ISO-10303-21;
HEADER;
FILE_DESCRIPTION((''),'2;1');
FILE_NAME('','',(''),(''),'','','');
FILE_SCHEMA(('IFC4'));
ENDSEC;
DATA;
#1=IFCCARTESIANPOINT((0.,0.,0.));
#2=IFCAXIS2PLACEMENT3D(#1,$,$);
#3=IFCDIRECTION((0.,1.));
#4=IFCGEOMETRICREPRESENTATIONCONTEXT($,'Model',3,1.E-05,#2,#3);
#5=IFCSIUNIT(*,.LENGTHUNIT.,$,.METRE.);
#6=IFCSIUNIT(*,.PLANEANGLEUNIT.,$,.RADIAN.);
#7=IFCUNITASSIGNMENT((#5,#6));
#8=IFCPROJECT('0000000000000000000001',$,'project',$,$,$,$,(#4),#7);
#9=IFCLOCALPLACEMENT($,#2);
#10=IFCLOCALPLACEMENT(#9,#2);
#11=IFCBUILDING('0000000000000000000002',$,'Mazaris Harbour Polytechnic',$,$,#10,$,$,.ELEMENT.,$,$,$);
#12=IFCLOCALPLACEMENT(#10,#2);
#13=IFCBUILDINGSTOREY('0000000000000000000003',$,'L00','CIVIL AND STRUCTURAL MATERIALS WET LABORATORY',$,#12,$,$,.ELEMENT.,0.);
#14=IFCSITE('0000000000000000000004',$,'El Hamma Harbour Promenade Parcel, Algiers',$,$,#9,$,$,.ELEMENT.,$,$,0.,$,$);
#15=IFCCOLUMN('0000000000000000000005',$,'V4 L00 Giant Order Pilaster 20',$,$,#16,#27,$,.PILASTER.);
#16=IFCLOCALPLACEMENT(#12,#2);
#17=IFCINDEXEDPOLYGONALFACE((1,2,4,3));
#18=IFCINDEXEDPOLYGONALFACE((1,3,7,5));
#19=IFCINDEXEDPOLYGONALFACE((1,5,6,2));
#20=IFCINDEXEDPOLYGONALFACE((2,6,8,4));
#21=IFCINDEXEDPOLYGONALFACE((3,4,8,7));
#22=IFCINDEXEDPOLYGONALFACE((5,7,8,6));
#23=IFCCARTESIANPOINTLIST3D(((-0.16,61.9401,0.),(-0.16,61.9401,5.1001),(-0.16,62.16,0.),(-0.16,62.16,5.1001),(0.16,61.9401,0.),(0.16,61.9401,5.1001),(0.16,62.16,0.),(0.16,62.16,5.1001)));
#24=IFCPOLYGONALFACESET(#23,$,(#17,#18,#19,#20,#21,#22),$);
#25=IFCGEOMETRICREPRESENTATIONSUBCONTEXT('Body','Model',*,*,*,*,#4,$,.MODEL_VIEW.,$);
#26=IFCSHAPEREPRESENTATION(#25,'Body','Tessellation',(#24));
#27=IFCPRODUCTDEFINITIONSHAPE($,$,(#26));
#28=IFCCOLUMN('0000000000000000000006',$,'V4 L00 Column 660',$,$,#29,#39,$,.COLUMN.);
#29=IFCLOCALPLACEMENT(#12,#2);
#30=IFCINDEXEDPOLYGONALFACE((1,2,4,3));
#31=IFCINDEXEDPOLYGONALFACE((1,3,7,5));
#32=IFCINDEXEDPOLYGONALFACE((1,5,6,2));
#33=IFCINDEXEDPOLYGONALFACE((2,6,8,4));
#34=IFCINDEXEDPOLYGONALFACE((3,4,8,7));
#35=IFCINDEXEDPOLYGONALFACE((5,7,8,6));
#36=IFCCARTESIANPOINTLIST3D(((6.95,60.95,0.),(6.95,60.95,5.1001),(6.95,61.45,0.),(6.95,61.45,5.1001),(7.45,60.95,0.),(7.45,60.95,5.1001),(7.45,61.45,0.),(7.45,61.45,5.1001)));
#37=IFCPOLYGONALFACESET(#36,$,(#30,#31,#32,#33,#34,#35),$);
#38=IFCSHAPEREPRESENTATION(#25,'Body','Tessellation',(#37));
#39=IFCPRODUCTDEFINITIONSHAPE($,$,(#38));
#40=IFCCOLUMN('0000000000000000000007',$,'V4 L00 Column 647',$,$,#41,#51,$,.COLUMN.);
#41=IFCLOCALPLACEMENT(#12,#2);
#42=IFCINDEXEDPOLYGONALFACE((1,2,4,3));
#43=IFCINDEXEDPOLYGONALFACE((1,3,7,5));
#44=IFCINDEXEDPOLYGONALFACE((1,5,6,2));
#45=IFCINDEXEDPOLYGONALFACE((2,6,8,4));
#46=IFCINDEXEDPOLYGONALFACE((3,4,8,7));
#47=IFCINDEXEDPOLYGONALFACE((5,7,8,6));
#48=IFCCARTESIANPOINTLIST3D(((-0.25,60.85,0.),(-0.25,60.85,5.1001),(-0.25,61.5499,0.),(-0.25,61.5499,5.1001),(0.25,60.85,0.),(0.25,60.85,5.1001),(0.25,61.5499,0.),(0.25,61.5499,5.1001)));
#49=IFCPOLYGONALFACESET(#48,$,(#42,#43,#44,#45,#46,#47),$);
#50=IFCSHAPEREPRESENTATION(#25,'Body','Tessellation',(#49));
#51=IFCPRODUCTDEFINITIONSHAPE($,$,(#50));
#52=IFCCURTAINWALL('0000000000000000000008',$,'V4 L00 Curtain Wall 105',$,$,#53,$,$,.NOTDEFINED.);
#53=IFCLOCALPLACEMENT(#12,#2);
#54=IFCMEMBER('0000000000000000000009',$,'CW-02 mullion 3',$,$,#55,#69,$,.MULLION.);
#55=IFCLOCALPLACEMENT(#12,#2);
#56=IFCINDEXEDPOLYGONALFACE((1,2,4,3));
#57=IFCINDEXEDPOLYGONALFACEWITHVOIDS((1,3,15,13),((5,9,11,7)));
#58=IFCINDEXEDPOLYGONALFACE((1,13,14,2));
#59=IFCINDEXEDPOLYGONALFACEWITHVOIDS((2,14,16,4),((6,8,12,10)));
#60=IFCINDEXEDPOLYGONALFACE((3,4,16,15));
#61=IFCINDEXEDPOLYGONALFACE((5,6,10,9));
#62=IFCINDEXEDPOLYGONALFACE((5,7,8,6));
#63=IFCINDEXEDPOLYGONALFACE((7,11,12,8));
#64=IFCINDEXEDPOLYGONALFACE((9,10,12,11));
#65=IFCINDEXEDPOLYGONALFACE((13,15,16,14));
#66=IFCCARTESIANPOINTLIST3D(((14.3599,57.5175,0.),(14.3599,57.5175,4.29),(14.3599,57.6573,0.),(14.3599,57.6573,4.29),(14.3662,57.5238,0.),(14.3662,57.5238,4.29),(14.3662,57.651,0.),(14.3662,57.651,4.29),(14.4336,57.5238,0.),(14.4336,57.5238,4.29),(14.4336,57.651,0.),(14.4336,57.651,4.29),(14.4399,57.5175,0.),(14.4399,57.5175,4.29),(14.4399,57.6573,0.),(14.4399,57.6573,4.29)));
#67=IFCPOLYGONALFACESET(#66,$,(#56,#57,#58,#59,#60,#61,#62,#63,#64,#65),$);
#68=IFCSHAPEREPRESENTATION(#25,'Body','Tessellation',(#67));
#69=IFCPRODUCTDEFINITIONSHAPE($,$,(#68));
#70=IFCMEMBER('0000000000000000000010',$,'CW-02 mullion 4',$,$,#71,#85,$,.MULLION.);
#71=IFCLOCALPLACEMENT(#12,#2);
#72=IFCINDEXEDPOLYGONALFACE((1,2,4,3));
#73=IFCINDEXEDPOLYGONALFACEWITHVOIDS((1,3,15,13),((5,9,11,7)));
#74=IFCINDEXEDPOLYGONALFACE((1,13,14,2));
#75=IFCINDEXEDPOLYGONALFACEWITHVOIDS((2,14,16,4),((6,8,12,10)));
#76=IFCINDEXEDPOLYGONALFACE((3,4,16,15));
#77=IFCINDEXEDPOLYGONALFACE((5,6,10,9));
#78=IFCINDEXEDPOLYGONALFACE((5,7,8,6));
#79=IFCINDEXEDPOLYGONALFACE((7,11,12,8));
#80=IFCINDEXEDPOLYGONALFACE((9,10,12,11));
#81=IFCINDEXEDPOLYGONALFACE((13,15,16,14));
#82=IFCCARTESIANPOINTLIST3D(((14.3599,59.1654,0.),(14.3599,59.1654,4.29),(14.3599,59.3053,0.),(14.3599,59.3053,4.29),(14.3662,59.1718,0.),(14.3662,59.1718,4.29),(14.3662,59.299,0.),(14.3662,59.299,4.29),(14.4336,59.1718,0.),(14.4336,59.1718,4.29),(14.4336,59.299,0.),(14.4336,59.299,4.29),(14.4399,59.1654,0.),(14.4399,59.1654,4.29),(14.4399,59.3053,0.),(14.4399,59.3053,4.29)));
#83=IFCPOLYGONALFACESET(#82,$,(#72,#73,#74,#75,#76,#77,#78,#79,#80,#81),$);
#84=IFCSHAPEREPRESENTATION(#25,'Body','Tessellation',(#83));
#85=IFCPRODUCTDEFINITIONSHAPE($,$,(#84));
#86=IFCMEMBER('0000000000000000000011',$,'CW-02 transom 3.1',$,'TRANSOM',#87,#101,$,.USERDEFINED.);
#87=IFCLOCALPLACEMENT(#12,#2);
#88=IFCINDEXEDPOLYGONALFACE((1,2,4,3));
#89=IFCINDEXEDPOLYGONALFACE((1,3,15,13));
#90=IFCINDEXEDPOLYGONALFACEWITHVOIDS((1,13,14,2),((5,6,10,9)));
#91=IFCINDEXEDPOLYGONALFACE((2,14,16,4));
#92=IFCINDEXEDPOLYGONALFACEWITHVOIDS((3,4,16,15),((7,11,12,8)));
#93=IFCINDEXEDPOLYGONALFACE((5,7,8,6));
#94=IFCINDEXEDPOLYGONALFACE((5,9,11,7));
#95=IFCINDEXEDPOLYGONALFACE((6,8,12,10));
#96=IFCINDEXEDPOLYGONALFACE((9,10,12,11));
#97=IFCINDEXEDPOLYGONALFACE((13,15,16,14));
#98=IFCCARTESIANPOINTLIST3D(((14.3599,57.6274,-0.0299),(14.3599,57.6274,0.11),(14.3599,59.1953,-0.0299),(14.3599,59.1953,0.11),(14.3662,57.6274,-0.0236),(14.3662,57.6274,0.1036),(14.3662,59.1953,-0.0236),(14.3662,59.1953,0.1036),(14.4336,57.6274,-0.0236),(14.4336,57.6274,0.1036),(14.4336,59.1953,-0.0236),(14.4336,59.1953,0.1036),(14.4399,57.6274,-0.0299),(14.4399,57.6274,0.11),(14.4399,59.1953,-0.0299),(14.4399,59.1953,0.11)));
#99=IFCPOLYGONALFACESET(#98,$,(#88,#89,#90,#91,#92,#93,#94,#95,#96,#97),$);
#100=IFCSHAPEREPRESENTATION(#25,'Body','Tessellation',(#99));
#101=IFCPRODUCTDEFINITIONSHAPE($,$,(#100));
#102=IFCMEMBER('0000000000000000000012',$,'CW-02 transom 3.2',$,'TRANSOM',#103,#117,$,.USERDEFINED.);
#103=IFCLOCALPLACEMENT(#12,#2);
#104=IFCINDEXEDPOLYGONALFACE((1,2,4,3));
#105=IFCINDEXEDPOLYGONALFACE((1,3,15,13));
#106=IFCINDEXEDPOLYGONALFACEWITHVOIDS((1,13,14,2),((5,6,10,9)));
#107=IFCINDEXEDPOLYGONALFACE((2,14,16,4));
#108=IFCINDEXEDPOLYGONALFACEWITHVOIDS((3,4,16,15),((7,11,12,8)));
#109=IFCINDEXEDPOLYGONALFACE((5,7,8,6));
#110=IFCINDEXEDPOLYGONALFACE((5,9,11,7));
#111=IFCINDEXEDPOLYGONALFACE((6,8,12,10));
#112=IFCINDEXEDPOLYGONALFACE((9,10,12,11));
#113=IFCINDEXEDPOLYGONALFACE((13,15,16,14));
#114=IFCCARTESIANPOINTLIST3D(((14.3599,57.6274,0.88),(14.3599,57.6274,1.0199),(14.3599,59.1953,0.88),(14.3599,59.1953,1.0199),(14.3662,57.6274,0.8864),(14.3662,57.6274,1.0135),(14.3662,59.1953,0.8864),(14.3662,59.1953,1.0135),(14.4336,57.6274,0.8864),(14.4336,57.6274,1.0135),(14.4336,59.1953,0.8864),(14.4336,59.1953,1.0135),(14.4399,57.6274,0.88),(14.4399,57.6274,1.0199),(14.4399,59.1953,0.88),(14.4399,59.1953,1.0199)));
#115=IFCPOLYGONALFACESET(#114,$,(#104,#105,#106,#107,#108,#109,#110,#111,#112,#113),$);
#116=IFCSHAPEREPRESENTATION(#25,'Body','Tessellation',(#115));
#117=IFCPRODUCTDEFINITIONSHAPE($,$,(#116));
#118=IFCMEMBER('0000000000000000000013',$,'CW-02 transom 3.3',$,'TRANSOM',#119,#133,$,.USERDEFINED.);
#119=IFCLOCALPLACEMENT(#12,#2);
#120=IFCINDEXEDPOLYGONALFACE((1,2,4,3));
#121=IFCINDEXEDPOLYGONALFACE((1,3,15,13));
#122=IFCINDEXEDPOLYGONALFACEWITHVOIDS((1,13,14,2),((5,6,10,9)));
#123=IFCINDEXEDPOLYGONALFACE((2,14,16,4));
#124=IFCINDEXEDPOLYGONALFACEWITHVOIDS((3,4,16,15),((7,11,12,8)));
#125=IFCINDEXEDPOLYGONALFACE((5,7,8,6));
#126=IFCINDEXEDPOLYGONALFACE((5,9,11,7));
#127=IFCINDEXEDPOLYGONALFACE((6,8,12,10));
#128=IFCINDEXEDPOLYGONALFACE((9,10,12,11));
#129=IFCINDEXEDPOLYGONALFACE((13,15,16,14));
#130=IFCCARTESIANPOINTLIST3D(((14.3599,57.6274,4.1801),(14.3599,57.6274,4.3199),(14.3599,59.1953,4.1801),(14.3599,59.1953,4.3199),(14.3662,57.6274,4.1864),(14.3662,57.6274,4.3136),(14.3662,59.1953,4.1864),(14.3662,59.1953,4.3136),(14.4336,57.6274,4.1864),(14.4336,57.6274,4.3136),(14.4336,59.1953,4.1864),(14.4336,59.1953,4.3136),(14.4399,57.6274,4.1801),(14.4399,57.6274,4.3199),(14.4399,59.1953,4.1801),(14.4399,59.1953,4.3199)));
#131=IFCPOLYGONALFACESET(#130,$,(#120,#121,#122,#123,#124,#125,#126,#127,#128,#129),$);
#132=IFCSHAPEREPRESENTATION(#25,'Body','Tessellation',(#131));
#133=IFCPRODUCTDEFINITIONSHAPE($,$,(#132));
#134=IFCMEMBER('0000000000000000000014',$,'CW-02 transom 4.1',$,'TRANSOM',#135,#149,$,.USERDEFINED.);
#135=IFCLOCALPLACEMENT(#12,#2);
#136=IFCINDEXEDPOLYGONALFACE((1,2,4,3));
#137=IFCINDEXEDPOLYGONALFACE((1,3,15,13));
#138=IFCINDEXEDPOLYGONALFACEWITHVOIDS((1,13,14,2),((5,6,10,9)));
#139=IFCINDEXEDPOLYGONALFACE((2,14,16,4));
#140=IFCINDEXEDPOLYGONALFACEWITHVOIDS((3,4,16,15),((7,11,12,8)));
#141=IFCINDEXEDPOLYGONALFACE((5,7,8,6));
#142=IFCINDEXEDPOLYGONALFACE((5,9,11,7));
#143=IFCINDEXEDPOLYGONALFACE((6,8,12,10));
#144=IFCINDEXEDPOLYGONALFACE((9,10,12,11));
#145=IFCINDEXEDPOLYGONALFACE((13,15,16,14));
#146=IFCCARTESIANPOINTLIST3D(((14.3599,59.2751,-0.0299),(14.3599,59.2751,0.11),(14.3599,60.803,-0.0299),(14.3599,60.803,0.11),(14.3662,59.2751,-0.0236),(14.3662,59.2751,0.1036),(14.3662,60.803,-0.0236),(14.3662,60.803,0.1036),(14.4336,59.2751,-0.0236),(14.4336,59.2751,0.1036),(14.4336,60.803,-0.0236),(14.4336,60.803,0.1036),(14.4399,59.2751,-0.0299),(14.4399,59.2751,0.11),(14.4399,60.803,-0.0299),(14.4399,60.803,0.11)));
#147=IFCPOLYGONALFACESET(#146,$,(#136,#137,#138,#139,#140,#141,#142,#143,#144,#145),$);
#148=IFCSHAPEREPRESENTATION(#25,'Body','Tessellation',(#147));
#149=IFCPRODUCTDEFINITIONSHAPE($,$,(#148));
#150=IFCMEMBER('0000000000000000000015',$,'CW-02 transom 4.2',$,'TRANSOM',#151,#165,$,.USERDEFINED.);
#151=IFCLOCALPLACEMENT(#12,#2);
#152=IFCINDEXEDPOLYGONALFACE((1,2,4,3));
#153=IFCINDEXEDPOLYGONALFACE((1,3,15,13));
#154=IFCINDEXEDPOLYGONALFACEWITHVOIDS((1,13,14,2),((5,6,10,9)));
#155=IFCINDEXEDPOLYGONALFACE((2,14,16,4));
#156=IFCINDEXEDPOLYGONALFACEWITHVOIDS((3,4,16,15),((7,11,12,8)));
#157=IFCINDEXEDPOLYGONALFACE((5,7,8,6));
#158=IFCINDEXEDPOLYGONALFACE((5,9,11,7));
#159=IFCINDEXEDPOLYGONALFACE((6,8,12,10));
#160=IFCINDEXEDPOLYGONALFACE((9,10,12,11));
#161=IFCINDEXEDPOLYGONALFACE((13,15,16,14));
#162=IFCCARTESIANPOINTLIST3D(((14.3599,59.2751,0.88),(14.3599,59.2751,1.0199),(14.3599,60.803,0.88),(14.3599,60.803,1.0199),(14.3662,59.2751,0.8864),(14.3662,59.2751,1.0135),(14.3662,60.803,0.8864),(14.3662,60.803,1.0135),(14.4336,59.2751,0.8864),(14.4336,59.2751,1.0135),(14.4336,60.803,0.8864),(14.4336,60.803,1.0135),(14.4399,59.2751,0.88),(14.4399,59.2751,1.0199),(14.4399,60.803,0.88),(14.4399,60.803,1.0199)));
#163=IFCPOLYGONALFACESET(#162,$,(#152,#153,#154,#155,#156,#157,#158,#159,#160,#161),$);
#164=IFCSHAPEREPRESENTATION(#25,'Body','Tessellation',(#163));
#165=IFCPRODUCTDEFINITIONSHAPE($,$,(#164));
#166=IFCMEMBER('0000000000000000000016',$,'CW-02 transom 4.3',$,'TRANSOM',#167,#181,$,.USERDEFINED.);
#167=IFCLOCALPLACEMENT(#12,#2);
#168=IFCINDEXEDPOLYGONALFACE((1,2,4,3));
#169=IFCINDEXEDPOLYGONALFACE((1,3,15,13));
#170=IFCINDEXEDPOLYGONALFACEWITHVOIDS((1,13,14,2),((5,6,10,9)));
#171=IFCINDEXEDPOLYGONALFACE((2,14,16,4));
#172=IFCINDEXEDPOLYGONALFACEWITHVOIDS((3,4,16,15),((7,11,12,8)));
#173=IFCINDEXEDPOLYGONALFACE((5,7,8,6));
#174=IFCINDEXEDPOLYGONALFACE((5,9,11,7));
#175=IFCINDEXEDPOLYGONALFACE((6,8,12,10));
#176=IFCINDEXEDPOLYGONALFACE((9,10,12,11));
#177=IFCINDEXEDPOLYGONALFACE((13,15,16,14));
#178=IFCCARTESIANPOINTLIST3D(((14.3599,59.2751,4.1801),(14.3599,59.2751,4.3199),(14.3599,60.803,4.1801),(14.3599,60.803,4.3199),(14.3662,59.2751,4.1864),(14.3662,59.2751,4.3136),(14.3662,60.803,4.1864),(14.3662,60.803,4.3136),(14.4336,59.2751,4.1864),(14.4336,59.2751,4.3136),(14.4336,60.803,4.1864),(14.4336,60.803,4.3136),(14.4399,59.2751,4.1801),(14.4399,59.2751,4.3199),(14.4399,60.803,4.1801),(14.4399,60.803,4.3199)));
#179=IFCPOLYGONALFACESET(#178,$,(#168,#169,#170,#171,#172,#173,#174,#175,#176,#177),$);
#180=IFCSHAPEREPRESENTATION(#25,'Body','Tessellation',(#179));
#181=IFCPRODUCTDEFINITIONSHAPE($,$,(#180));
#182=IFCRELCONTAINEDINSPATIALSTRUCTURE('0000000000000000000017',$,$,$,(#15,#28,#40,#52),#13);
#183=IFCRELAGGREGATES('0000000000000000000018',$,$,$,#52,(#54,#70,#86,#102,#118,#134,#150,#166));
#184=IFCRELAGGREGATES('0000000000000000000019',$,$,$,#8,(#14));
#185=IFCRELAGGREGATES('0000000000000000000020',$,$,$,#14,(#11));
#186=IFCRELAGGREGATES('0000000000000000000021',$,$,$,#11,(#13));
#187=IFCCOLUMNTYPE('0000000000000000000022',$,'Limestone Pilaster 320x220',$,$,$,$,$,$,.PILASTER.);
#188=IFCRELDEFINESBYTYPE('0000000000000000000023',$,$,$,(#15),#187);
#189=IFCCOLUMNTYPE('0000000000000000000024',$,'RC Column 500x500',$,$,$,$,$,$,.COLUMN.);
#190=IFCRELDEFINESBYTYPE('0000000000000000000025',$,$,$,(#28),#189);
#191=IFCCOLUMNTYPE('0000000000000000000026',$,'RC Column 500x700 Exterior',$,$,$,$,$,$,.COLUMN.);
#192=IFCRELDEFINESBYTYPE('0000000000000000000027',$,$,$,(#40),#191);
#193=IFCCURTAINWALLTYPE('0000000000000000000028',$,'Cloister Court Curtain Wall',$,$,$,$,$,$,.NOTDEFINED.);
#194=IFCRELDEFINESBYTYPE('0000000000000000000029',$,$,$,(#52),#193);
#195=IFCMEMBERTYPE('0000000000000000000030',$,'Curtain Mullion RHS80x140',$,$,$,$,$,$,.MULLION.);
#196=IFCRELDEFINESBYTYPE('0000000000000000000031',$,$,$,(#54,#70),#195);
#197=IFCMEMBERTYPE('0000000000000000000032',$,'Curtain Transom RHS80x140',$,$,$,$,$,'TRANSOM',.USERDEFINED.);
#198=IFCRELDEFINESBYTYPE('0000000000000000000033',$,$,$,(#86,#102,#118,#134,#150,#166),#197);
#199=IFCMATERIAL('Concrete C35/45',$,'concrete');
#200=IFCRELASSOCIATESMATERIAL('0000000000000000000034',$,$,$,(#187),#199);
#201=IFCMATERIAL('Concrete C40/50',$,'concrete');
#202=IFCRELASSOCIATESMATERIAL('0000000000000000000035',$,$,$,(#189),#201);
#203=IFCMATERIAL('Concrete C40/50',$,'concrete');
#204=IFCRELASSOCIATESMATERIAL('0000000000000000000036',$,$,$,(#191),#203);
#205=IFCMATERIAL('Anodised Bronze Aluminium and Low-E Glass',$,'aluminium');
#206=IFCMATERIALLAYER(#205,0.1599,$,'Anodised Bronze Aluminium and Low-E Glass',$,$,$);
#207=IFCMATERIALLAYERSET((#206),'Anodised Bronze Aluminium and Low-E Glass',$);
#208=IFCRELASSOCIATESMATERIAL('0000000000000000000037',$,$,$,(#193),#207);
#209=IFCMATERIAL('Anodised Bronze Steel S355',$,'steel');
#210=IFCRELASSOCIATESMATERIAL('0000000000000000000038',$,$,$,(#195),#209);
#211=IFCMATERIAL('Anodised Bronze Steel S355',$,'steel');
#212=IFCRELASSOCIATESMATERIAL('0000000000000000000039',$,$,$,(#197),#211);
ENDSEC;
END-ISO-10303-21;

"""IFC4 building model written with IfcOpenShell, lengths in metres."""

from ifc_helpers import new_model, si_unit, direction, frame, origin, origin_2d, place, context, subcontext, project, spatial, rectangle, hollow_rectangle, extrude, material, layer, layer_set, material_profile, profile_set, type_object, element, aggregate, save


model = new_model("IFC4")

# Units and contexts
model_context = context("Model", 3, precision=1e-05, world=origin(), true_north=direction((0.0, 1.0)))
body_context = subcontext(model_context, "Body", "Model", "MODEL_VIEW")
ifc_project = project(units=[si_unit("LENGTHUNIT", "METRE"), si_unit("PLANEANGLEUNIT", "RADIAN")], contexts=[model_context])

# Site, building, storey
site_placement = place(None, origin())
site = spatial("IfcSite", under=ifc_project, at=site_placement, Name="El Hamma Harbour Promenade Parcel, Algiers", CompositionType="ELEMENT", RefElevation=0.0)
building_placement = place(site_placement, origin())
building = spatial("IfcBuilding", under=site, at=building_placement, Name="Mazaris Harbour Polytechnic", CompositionType="ELEMENT")
storey_placement = place(building_placement, origin())
storey = spatial("IfcBuildingStorey", under=building, at=storey_placement, Name="L00", Description="CIVIL AND STRUCTURAL MATERIALS WET LABORATORY", CompositionType="ELEMENT", Elevation=0.0)

# Columns
ifc_material_1 = material(Name="Concrete C35/45", Category="concrete")
ifc_material_profile_1 = material_profile(ifc_material_1, rectangle(XDim=0.3201, YDim=0.22, at=origin_2d()), Name="RECT320x220")
ifc_profile_set_1 = profile_set([ifc_material_profile_1], Name="Concrete C35/45")
column_type_1 = type_object("IfcColumnType", Name="Limestone Pilaster 320x220", PredefinedType="PILASTER", material=ifc_profile_set_1)
column_1_placement = place(storey_placement, frame((0.0, 62.05, 0.0), z_axis=(0.0, 0.0, 1.0), x_axis=(1.0, 0.0, 0.0)))
element("IfcColumn", 1, at=column_1_placement, inside=storey, type_object=column_type_1, Name="V4 L00 Giant Order Pilaster 20", PredefinedType="PILASTER", context=body_context, shape_type="SweptSolid", body=[
    extrude(rectangle(XDim=0.3201, YDim=0.22, at=origin_2d()), origin(), (0.0, 0.0, 1.0), 5.1001),
])
ifc_material_2 = material(Name="Concrete C40/50", Category="concrete")
ifc_material_profile_2 = material_profile(ifc_material_2, rectangle(XDim=0.5, YDim=0.5, at=origin_2d()), Name="RECT500x500")
ifc_profile_set_2 = profile_set([ifc_material_profile_2], Name="Concrete C40/50")
column_type_2 = type_object("IfcColumnType", Name="RC Column 500x500", PredefinedType="COLUMN", material=ifc_profile_set_2)
column_2_placement = place(storey_placement, frame((7.2, 61.2, 0.0), z_axis=(0.0, 0.0, 1.0), x_axis=(1.0, 0.0, 0.0)))
element("IfcColumn", 2, at=column_2_placement, inside=storey, type_object=column_type_2, Name="V4 L00 Column 660", PredefinedType="COLUMN", context=body_context, shape_type="SweptSolid", body=[
    extrude(rectangle(XDim=0.5, YDim=0.5, at=origin_2d()), origin(), (0.0, 0.0, 1.0), 5.1001),
])
ifc_material_3 = material(Name="Concrete C40/50", Category="concrete")
ifc_material_profile_3 = material_profile(ifc_material_3, rectangle(XDim=0.5, YDim=0.7, at=origin_2d()), Name="RECT500x700")
ifc_profile_set_3 = profile_set([ifc_material_profile_3], Name="Concrete C40/50")
column_type_3 = type_object("IfcColumnType", Name="RC Column 500x700 Exterior", PredefinedType="COLUMN", material=ifc_profile_set_3)
column_3_placement = place(storey_placement, frame((0.0, 61.2, 0.0), z_axis=(0.0, 0.0, 1.0), x_axis=(1.0, 0.0, 0.0)))
element("IfcColumn", 3, at=column_3_placement, inside=storey, type_object=column_type_3, Name="V4 L00 Column 647", PredefinedType="COLUMN", context=body_context, shape_type="SweptSolid", body=[
    extrude(rectangle(XDim=0.5, YDim=0.7, at=origin_2d()), origin(), (0.0, 0.0, 1.0), 5.1001),
])

# Curtain wall, members
ifc_material_4 = material(Name="Anodised Bronze Aluminium and Low-E Glass", Category="aluminium")
ifc_layer_1 = layer(ifc_material_4, 0.1599, Name="Anodised Bronze Aluminium and Low-E Glass")
ifc_layer_set_1 = layer_set([ifc_layer_1], Name="Anodised Bronze Aluminium and Low-E Glass")
curtain_wall_type = type_object("IfcCurtainWallType", Name="Cloister Court Curtain Wall", PredefinedType="NOTDEFINED", material=ifc_layer_set_1)
curtain_wall_placement = place(storey_placement, origin())
curtain_wall = element("IfcCurtainWall", 4, at=curtain_wall_placement, inside=storey, type_object=curtain_wall_type, Name="V4 L00 Curtain Wall 105", PredefinedType="NOTDEFINED")
ifc_material_5 = material(Name="Anodised Bronze Steel S355", Category="steel")
ifc_material_profile_4 = material_profile(ifc_material_5, hollow_rectangle(XDim=0.0801, YDim=0.1399, WallThickness=0.0063, at=origin_2d()), Name="RHS 80x140x6.3")
ifc_profile_set_4 = profile_set([ifc_material_profile_4], Name="Anodised Bronze Steel S355")
member_type_1 = type_object("IfcMemberType", Name="Curtain Mullion RHS80x140", PredefinedType="MULLION", material=ifc_profile_set_4)
member_1_placement = place(storey_placement, frame((14.3999, 57.5874, 0.0), z_axis=(0.0, 0.0, 1.0), x_axis=(-1.0, 0.0, 0.0)))
member_1 = element("IfcMember", 5, at=member_1_placement, type_object=member_type_1, Name="CW-02 mullion 3", PredefinedType="MULLION", context=body_context, shape_type="SweptSolid", body=[
    extrude(hollow_rectangle(XDim=0.0801, YDim=0.1399, WallThickness=0.0063, at=origin_2d()), origin(), (0.0, 0.0, 1.0), 4.29),
])
member_2_placement = place(storey_placement, frame((14.3999, 59.2354, 0.0), z_axis=(0.0, 0.0, 1.0), x_axis=(-1.0, 0.0, 0.0)))
member_2 = element("IfcMember", 6, at=member_2_placement, type_object=member_type_1, Name="CW-02 mullion 4", PredefinedType="MULLION", context=body_context, shape_type="SweptSolid", body=[
    extrude(hollow_rectangle(XDim=0.0801, YDim=0.1399, WallThickness=0.0063, at=origin_2d()), origin(), (0.0, 0.0, 1.0), 4.29),
])
ifc_material_6 = material(Name="Anodised Bronze Steel S355", Category="steel")
ifc_material_profile_5 = material_profile(ifc_material_6, hollow_rectangle(XDim=0.0801, YDim=0.1399, WallThickness=0.0063, at=origin_2d()), Name="RHS 80x140x6.3")
ifc_profile_set_5 = profile_set([ifc_material_profile_5], Name="Anodised Bronze Steel S355")
member_type_2 = type_object("IfcMemberType", Name="Curtain Transom RHS80x140", ElementType="TRANSOM", PredefinedType="USERDEFINED", material=ifc_profile_set_5)
member_3_placement = place(storey_placement, frame((14.3999, 57.6274, 0.04), z_axis=(0.0, 1.0, 0.0), x_axis=(-1.0, 0.0, 0.0)))
member_3 = element("IfcMember", 7, at=member_3_placement, type_object=member_type_2, Name="CW-02 transom 3.1", ObjectType="TRANSOM", PredefinedType="USERDEFINED", context=body_context, shape_type="SweptSolid", body=[
    extrude(hollow_rectangle(XDim=0.0801, YDim=0.1399, WallThickness=0.0063, at=origin_2d()), origin(), (0.0, 0.0, 1.0), 1.5679),
])
member_4_placement = place(storey_placement, frame((14.3999, 57.6274, 0.95), z_axis=(0.0, 1.0, 0.0), x_axis=(-1.0, 0.0, 0.0)))
member_4 = element("IfcMember", 8, at=member_4_placement, type_object=member_type_2, Name="CW-02 transom 3.2", ObjectType="TRANSOM", PredefinedType="USERDEFINED", context=body_context, shape_type="SweptSolid", body=[
    extrude(hollow_rectangle(XDim=0.0801, YDim=0.1399, WallThickness=0.0063, at=origin_2d()), origin(), (0.0, 0.0, 1.0), 1.5679),
])
member_5_placement = place(storey_placement, frame((14.3999, 57.6274, 4.25), z_axis=(0.0, 1.0, 0.0), x_axis=(-1.0, 0.0, 0.0)))
member_5 = element("IfcMember", 9, at=member_5_placement, type_object=member_type_2, Name="CW-02 transom 3.3", ObjectType="TRANSOM", PredefinedType="USERDEFINED", context=body_context, shape_type="SweptSolid", body=[
    extrude(hollow_rectangle(XDim=0.0801, YDim=0.1399, WallThickness=0.0063, at=origin_2d()), origin(), (0.0, 0.0, 1.0), 1.5679),
])
member_6_placement = place(storey_placement, frame((14.3999, 59.2751, 0.04), z_axis=(0.0, 1.0, 0.0), x_axis=(-1.0, 0.0, 0.0)))
member_6 = element("IfcMember", 10, at=member_6_placement, type_object=member_type_2, Name="CW-02 transom 4.1", ObjectType="TRANSOM", PredefinedType="USERDEFINED", context=body_context, shape_type="SweptSolid", body=[
    extrude(hollow_rectangle(XDim=0.0801, YDim=0.1399, WallThickness=0.0063, at=origin_2d()), origin(), (0.0, 0.0, 1.0), 1.5278),
])
member_7_placement = place(storey_placement, frame((14.3999, 59.2751, 0.95), z_axis=(0.0, 1.0, 0.0), x_axis=(-1.0, 0.0, 0.0)))
member_7 = element("IfcMember", 11, at=member_7_placement, type_object=member_type_2, Name="CW-02 transom 4.2", ObjectType="TRANSOM", PredefinedType="USERDEFINED", context=body_context, shape_type="SweptSolid", body=[
    extrude(hollow_rectangle(XDim=0.0801, YDim=0.1399, WallThickness=0.0063, at=origin_2d()), origin(), (0.0, 0.0, 1.0), 1.5278),
])
member_8_placement = place(storey_placement, frame((14.3999, 59.2751, 4.25), z_axis=(0.0, 1.0, 0.0), x_axis=(-1.0, 0.0, 0.0)))
member_8 = element("IfcMember", 12, at=member_8_placement, type_object=member_type_2, Name="CW-02 transom 4.3", ObjectType="TRANSOM", PredefinedType="USERDEFINED", context=body_context, shape_type="SweptSolid", body=[
    extrude(hollow_rectangle(XDim=0.0801, YDim=0.1399, WallThickness=0.0063, at=origin_2d()), origin(), (0.0, 0.0, 1.0), 1.5278),
])

aggregate(curtain_wall, [member_1, member_2, member_3, member_4, member_5, member_6, member_7, member_8])

save(model, "model.ifc")
